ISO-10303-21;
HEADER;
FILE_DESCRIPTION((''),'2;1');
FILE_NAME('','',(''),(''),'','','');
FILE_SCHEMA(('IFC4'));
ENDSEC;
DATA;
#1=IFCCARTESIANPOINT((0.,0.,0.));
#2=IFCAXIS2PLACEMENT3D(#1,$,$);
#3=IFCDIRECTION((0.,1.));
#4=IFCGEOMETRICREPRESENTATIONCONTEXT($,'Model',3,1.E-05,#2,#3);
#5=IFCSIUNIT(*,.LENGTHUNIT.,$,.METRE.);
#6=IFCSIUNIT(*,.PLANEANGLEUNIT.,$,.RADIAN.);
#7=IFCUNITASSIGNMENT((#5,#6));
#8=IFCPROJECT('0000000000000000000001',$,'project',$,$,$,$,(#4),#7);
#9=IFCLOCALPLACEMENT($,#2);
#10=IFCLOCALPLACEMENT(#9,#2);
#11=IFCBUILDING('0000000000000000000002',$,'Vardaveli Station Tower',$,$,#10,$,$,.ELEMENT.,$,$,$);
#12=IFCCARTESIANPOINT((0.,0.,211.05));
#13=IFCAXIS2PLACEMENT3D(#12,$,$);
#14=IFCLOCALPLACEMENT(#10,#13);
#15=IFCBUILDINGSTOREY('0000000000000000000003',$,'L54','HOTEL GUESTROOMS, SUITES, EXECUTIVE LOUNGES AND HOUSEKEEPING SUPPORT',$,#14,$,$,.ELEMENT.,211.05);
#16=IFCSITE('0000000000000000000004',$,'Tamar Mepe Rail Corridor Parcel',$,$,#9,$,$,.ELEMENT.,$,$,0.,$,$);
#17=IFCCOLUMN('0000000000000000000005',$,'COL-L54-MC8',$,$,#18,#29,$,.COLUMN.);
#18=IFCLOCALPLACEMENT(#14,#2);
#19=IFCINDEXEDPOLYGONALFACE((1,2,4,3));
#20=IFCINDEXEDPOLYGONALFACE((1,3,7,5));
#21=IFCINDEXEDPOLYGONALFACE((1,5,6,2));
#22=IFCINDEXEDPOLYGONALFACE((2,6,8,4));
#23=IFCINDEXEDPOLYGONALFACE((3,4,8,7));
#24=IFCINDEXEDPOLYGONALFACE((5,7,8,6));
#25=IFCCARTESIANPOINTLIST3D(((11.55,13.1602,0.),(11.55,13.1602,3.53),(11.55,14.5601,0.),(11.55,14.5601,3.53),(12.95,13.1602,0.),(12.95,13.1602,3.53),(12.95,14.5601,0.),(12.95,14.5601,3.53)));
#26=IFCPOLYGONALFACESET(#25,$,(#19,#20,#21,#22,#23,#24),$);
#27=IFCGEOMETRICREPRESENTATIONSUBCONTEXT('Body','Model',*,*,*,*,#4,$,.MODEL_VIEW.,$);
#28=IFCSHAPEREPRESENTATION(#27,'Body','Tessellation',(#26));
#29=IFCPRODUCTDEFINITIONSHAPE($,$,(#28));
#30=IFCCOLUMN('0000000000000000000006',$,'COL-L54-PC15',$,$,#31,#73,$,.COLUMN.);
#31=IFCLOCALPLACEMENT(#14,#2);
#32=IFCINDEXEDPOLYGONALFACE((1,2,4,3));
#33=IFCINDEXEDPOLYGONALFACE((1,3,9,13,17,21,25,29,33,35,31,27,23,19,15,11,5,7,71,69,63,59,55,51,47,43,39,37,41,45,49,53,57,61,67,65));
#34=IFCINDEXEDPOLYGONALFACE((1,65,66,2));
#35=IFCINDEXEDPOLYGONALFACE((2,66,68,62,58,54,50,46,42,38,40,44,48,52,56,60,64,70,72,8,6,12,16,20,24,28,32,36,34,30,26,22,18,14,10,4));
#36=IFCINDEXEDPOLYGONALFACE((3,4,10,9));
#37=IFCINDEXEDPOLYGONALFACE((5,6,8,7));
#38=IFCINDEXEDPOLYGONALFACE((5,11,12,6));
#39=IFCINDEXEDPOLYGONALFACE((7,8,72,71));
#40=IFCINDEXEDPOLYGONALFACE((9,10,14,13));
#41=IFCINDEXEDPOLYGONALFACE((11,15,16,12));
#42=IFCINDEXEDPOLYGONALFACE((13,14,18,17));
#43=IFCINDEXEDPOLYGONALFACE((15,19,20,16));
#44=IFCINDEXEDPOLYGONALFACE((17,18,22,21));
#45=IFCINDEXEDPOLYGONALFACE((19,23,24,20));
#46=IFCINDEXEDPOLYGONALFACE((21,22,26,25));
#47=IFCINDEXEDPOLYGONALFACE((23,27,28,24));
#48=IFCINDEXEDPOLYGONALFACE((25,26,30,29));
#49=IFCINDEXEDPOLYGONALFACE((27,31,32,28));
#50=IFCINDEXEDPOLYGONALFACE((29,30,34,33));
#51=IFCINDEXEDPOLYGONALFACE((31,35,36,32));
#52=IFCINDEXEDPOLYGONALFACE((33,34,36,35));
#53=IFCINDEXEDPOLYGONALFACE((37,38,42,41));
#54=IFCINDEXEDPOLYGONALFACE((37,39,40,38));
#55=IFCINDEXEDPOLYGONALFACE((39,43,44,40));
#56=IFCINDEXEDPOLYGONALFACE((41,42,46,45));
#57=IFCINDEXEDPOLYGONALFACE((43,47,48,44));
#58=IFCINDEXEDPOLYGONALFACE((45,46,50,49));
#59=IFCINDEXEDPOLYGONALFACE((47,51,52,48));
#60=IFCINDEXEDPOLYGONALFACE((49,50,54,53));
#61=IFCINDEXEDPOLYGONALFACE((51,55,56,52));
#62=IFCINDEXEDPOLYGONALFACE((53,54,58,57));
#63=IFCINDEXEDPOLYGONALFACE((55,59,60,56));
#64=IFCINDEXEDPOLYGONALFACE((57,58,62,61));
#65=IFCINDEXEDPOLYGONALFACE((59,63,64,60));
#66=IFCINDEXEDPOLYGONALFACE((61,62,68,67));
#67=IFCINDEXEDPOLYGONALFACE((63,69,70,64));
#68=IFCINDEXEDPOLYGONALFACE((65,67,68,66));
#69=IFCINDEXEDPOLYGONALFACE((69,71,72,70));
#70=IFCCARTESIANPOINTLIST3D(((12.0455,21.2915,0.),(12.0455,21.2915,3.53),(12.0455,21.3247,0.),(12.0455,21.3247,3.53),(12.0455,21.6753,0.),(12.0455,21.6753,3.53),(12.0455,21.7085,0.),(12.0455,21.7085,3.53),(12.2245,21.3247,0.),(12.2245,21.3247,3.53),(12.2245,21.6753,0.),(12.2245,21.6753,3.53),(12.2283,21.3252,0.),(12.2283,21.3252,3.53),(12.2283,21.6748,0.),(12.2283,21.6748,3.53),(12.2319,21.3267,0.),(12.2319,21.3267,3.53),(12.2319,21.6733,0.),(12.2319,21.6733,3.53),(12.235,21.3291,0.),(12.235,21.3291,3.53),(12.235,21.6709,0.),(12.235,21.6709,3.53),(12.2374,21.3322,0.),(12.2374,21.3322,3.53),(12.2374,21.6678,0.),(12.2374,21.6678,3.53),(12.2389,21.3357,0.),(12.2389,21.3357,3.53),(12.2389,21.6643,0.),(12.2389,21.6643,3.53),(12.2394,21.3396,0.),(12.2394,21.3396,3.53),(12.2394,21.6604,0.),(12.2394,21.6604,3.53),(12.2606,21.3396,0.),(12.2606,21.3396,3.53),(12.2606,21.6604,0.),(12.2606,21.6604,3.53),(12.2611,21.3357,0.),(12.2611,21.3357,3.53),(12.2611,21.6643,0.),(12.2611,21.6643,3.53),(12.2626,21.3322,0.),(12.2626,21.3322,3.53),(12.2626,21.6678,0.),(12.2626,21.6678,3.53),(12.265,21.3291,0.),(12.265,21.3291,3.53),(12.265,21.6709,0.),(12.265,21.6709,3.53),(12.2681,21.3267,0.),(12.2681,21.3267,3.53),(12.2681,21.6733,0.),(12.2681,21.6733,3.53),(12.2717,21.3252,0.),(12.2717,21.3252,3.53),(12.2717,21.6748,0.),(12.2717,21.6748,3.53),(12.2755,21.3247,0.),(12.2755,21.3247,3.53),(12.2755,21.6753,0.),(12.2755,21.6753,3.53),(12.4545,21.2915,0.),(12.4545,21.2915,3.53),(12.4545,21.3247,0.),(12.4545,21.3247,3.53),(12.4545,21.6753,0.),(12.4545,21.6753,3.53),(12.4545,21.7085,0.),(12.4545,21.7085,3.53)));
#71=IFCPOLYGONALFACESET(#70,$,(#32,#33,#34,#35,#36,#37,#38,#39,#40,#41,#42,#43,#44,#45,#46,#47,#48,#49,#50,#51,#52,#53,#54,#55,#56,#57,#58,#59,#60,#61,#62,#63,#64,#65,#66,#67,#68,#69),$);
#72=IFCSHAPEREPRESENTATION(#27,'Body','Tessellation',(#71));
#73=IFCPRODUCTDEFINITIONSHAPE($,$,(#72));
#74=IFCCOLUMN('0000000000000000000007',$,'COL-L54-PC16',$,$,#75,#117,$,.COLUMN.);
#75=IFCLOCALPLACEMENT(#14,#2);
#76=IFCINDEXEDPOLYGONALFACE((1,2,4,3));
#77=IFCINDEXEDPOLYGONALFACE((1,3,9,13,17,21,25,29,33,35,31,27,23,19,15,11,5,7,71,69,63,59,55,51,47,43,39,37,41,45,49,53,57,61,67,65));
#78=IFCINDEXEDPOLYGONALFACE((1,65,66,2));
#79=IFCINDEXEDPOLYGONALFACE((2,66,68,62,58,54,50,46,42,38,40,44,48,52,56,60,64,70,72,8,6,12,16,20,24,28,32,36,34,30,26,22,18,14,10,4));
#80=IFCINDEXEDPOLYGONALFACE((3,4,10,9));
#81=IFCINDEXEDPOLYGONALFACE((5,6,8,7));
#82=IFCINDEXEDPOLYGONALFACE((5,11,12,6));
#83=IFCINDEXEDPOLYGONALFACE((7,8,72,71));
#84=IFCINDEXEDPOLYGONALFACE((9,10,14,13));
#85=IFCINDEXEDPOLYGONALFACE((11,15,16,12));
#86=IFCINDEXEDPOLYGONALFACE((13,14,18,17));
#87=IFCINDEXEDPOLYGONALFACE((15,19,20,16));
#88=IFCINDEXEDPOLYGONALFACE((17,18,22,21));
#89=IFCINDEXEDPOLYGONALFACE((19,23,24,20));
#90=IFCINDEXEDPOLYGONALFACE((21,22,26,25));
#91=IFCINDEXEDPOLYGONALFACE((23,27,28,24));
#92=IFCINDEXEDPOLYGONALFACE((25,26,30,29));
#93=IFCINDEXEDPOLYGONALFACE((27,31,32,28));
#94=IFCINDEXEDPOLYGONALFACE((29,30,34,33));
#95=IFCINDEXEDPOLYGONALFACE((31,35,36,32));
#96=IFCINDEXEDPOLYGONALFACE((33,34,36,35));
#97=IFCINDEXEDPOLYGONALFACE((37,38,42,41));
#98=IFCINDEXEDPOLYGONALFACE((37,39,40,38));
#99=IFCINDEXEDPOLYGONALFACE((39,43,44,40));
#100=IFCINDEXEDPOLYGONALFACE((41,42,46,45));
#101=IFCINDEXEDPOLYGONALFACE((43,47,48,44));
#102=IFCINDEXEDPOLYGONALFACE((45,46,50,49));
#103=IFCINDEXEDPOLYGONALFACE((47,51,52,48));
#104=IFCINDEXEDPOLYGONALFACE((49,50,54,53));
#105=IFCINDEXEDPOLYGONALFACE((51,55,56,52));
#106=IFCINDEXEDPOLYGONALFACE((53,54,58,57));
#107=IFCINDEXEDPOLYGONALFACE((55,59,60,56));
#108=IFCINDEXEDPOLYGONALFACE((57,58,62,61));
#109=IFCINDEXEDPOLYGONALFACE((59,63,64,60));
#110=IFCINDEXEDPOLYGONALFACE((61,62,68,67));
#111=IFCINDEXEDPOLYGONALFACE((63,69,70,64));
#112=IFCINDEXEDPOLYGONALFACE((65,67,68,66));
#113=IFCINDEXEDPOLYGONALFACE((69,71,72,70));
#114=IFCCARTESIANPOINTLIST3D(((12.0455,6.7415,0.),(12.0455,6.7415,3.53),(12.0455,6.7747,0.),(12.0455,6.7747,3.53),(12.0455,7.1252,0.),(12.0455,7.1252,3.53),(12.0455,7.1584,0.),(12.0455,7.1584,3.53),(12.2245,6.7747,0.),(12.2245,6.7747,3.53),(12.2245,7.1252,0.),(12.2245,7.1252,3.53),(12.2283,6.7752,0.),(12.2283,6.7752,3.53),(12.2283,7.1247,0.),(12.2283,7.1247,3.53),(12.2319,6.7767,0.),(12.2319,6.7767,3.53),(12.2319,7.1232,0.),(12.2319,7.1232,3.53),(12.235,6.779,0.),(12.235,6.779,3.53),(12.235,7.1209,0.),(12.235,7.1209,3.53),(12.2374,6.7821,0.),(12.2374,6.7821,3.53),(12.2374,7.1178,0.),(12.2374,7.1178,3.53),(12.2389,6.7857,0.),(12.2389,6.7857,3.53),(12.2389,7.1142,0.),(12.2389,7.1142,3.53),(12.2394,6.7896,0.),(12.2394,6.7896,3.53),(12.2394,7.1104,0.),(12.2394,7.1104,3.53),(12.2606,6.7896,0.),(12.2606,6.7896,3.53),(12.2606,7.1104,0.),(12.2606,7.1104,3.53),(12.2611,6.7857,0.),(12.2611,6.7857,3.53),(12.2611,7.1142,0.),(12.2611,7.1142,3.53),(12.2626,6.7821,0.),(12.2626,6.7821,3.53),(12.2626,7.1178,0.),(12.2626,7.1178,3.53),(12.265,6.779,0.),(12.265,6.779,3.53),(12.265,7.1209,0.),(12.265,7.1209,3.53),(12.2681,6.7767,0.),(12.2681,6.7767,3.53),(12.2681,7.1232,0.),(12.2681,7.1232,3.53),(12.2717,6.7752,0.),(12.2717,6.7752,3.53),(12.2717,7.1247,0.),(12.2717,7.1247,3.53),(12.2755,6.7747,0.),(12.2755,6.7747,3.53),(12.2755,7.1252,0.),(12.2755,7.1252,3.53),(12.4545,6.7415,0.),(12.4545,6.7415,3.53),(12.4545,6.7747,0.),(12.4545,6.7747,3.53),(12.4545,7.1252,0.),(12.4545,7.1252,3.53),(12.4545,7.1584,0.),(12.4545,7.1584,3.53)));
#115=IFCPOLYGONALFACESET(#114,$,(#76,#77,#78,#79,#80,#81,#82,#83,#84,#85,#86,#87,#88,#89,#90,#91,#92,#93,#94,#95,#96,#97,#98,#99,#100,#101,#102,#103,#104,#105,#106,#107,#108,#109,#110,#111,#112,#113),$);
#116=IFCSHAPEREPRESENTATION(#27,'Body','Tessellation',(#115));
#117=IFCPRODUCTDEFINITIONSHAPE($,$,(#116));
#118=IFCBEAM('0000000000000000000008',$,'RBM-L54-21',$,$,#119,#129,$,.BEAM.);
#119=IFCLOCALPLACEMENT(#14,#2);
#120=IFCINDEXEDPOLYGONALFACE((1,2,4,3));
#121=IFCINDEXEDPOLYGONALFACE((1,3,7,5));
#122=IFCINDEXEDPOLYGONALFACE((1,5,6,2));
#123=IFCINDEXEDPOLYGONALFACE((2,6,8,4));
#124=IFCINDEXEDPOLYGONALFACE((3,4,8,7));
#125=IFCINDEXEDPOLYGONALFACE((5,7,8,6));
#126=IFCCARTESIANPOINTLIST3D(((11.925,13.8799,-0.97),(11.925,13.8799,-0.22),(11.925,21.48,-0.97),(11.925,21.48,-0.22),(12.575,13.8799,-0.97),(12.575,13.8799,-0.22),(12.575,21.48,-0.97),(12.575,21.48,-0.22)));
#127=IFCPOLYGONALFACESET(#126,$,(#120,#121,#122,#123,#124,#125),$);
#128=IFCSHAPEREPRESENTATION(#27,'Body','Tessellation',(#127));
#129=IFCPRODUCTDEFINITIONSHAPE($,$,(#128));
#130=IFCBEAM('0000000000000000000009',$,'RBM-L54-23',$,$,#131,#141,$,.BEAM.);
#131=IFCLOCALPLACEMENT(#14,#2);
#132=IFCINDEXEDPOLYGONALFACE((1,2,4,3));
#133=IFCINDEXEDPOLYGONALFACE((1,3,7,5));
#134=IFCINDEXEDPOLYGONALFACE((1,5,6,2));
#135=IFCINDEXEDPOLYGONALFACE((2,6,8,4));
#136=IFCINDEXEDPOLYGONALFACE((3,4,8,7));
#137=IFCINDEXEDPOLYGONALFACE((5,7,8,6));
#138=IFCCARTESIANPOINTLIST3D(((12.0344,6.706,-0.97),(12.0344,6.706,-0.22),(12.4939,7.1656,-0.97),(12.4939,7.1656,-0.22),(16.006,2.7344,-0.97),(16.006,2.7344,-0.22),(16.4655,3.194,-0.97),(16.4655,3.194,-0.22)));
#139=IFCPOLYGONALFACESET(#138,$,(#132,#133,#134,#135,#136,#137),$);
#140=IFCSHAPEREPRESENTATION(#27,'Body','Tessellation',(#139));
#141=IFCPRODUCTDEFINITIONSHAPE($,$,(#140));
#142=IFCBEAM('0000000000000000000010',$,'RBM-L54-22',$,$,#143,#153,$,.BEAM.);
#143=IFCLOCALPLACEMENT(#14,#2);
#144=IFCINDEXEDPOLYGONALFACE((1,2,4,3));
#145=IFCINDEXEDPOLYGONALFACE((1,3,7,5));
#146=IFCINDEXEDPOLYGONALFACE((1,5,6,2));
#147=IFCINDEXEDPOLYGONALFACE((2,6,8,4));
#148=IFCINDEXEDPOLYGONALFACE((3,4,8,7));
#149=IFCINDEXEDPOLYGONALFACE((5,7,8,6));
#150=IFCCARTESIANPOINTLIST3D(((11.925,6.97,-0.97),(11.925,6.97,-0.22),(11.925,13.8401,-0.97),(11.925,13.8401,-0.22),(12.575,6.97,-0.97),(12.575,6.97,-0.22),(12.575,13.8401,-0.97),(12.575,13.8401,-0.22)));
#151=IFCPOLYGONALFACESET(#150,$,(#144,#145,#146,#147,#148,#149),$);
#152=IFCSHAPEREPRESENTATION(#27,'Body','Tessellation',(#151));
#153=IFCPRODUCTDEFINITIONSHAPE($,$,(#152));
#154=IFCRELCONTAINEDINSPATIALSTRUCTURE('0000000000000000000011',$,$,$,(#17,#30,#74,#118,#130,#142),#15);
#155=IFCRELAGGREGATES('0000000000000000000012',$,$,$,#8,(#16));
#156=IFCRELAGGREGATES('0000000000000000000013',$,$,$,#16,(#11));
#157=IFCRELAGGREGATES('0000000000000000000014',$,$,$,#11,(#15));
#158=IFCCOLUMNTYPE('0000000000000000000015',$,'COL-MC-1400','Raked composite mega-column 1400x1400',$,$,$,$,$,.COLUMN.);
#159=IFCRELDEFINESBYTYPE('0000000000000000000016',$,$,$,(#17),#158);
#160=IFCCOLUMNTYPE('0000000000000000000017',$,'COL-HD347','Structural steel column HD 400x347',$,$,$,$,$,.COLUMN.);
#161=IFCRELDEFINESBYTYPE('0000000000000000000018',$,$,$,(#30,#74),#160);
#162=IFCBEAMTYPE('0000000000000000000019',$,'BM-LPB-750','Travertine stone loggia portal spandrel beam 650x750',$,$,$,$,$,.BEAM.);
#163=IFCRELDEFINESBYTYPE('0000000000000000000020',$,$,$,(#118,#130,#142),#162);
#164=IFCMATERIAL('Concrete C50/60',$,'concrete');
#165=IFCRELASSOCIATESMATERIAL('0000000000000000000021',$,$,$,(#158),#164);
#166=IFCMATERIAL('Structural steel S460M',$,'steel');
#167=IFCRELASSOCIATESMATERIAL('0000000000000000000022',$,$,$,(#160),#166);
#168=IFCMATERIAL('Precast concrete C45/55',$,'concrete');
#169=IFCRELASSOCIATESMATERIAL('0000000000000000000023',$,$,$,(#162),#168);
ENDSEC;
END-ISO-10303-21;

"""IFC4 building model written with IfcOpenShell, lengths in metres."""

from ifc_helpers import new_model, si_unit, direction, frame, origin, origin_2d, place, context, subcontext, project, spatial, rectangle, i_section, extrude, source, transform, mapped, material, material_profile, profile_set, type_object, element, save


model = new_model("IFC4")

# Units and contexts
model_context = context("Model", 3, precision=1e-05, world=origin(), true_north=direction((0.0, 1.0)))
body_context = subcontext(model_context, "Body", "Model", "MODEL_VIEW")
ifc_project = project(units=[si_unit("LENGTHUNIT", "METRE"), si_unit("PLANEANGLEUNIT", "RADIAN")], contexts=[model_context])

# Site, building, storey
site_placement = place(None, origin())
site = spatial("IfcSite", under=ifc_project, at=site_placement, Name="Tamar Mepe Rail Corridor Parcel", CompositionType="ELEMENT", RefElevation=0.0)
building_placement = place(site_placement, origin())
building = spatial("IfcBuilding", under=site, at=building_placement, Name="Vardaveli Station Tower", CompositionType="ELEMENT")
storey_placement = place(building_placement, frame((0.0, 0.0, 211.05)))
storey = spatial("IfcBuildingStorey", under=building, at=storey_placement, Name="L54", Description="HOTEL GUESTROOMS, SUITES, EXECUTIVE LOUNGES AND HOUSEKEEPING SUPPORT", CompositionType="ELEMENT", Elevation=211.05)

# Columns
ifc_material_1 = material(Name="Concrete C50/60", Category="concrete")
ifc_material_profile_1 = material_profile(ifc_material_1, rectangle(XDim=1.3999, YDim=1.3999, at=origin_2d()), Name="MC 1400x1400")
ifc_profile_set_1 = profile_set([ifc_material_profile_1], Name="Concrete C50/60")
column_type_1 = type_object("IfcColumnType", Name="COL-MC-1400", Description="Raked composite mega-column 1400x1400", PredefinedType="COLUMN", material=ifc_profile_set_1)
shared_shape_1 = source(origin(), body_context, "Body", "SweptSolid", [
    extrude(rectangle(XDim=1.3999, YDim=1.3999, at=origin_2d()), origin(), (0.0, 0.0, 1.0), 3.53),
])
column_placement = place(storey_placement, frame((12.25, 13.8601, 0.0), z_axis=(0.0, 0.0, 1.0), x_axis=(1.0, 0.0, 0.0)))
element("IfcColumn", 1, at=column_placement, inside=storey, type_object=column_type_1, Name="COL-L54-MC8", PredefinedType="COLUMN", context=body_context, shape_type="MappedRepresentation", body=[
    mapped(shared_shape_1, transform((0.0, 0.0, 0.0), scale=1.0)),
])
ifc_material_2 = material(Name="Structural steel S460M", Category="steel")
ifc_material_profile_2 = material_profile(ifc_material_2, i_section(OverallWidth=0.4089, OverallDepth=0.417, WebThickness=0.0212, FlangeThickness=0.0332, FilletRadius=0.0149, at=origin_2d()), Name="HD 400x347")
ifc_profile_set_2 = profile_set([ifc_material_profile_2], Name="Structural steel S460M")
column_type_2 = type_object("IfcColumnType", Name="COL-HD347", Description="Structural steel column HD 400x347", PredefinedType="COLUMN", material=ifc_profile_set_2)
shared_shape_2 = source(origin(), body_context, "Body", "SweptSolid", [
    extrude(i_section(OverallWidth=0.4089, OverallDepth=0.417, WebThickness=0.0212, FlangeThickness=0.0332, FilletRadius=0.0149, at=origin_2d()), origin(), (0.0, 0.0, 1.0), 3.53),
])
for number, where, z_axis, x_axis, name in (
    (2, (12.25, 21.5, 0.0), (0.0, 0.0, 1.0), (1.0, 0.0, 0.0), "COL-L54-PC15"),
    (3, (12.25, 6.95, 0.0), (0.0, 0.0, 1.0), (1.0, 0.0, 0.0), "COL-L54-PC16"),
):
    element("IfcColumn", number, at=place(storey_placement, frame(where, z_axis=z_axis, x_axis=x_axis)), inside=storey, type_object=column_type_2, Name=name, PredefinedType="COLUMN", context=body_context, shape_type="MappedRepresentation", body=[
        mapped(shared_shape_2, transform((0.0, 0.0, 0.0), scale=1.0)),
    ])

# Beams
ifc_material_3 = material(Name="Precast concrete C45/55", Category="concrete")
ifc_material_profile_3 = material_profile(ifc_material_3, rectangle(XDim=0.6499, YDim=0.75, at=origin_2d()), Name="LPB 650x750")
ifc_profile_set_3 = profile_set([ifc_material_profile_3], Name="Precast concrete C45/55")
beam_type_1 = type_object("IfcBeamType", Name="BM-LPB-750", Description="Travertine stone loggia portal spandrel beam 650x750", PredefinedType="BEAM", material=ifc_profile_set_3)
shared_shape_3 = source(origin(), body_context, "Body", "SweptSolid", [
    extrude(rectangle(XDim=0.6499, YDim=0.75, at=origin_2d()), origin(), (0.0, 0.0, 1.0), 7.6001),
])
beam_1_placement = place(storey_placement, frame((12.25, 21.48, -0.595), z_axis=(0.0, -1.0, 0.0), x_axis=(1.0, 0.0, 0.0)))
element("IfcBeam", 4, at=beam_1_placement, inside=storey, type_object=beam_type_1, Name="RBM-L54-21", PredefinedType="BEAM", context=body_context, shape_type="MappedRepresentation", body=[
    mapped(shared_shape_3, transform((0.0, 0.0, 0.0), scale=1.0)),
])
shared_shape_4 = source(origin(), body_context, "Body", "SweptSolid", [
    extrude(rectangle(XDim=0.6499, YDim=0.75, at=origin_2d()), origin(), (0.0, 0.0, 1.0), 5.6167),
])
beam_2_placement = place(storey_placement, frame((12.2642, 6.9358, -0.595), z_axis=(0.707107, -0.707107, 0.0), x_axis=(0.707107, 0.707107, 0.0)))
element("IfcBeam", 5, at=beam_2_placement, inside=storey, type_object=beam_type_1, Name="RBM-L54-23", PredefinedType="BEAM", context=body_context, shape_type="MappedRepresentation", body=[
    mapped(shared_shape_4, transform((0.0, 0.0, 0.0), scale=1.0)),
])
shared_shape_5 = source(origin(), body_context, "Body", "SweptSolid", [
    extrude(rectangle(XDim=0.6499, YDim=0.75, at=origin_2d()), origin(), (0.0, 0.0, 1.0), 6.8701),
])
beam_3_placement = place(storey_placement, frame((12.25, 13.8401, -0.595), z_axis=(0.0, -1.0, 0.0), x_axis=(1.0, 0.0, 0.0)))
element("IfcBeam", 6, at=beam_3_placement, inside=storey, type_object=beam_type_1, Name="RBM-L54-22", PredefinedType="BEAM", context=body_context, shape_type="MappedRepresentation", body=[
    mapped(shared_shape_5, transform((0.0, 0.0, 0.0), scale=1.0)),
])

save(model, "model.ifc")
